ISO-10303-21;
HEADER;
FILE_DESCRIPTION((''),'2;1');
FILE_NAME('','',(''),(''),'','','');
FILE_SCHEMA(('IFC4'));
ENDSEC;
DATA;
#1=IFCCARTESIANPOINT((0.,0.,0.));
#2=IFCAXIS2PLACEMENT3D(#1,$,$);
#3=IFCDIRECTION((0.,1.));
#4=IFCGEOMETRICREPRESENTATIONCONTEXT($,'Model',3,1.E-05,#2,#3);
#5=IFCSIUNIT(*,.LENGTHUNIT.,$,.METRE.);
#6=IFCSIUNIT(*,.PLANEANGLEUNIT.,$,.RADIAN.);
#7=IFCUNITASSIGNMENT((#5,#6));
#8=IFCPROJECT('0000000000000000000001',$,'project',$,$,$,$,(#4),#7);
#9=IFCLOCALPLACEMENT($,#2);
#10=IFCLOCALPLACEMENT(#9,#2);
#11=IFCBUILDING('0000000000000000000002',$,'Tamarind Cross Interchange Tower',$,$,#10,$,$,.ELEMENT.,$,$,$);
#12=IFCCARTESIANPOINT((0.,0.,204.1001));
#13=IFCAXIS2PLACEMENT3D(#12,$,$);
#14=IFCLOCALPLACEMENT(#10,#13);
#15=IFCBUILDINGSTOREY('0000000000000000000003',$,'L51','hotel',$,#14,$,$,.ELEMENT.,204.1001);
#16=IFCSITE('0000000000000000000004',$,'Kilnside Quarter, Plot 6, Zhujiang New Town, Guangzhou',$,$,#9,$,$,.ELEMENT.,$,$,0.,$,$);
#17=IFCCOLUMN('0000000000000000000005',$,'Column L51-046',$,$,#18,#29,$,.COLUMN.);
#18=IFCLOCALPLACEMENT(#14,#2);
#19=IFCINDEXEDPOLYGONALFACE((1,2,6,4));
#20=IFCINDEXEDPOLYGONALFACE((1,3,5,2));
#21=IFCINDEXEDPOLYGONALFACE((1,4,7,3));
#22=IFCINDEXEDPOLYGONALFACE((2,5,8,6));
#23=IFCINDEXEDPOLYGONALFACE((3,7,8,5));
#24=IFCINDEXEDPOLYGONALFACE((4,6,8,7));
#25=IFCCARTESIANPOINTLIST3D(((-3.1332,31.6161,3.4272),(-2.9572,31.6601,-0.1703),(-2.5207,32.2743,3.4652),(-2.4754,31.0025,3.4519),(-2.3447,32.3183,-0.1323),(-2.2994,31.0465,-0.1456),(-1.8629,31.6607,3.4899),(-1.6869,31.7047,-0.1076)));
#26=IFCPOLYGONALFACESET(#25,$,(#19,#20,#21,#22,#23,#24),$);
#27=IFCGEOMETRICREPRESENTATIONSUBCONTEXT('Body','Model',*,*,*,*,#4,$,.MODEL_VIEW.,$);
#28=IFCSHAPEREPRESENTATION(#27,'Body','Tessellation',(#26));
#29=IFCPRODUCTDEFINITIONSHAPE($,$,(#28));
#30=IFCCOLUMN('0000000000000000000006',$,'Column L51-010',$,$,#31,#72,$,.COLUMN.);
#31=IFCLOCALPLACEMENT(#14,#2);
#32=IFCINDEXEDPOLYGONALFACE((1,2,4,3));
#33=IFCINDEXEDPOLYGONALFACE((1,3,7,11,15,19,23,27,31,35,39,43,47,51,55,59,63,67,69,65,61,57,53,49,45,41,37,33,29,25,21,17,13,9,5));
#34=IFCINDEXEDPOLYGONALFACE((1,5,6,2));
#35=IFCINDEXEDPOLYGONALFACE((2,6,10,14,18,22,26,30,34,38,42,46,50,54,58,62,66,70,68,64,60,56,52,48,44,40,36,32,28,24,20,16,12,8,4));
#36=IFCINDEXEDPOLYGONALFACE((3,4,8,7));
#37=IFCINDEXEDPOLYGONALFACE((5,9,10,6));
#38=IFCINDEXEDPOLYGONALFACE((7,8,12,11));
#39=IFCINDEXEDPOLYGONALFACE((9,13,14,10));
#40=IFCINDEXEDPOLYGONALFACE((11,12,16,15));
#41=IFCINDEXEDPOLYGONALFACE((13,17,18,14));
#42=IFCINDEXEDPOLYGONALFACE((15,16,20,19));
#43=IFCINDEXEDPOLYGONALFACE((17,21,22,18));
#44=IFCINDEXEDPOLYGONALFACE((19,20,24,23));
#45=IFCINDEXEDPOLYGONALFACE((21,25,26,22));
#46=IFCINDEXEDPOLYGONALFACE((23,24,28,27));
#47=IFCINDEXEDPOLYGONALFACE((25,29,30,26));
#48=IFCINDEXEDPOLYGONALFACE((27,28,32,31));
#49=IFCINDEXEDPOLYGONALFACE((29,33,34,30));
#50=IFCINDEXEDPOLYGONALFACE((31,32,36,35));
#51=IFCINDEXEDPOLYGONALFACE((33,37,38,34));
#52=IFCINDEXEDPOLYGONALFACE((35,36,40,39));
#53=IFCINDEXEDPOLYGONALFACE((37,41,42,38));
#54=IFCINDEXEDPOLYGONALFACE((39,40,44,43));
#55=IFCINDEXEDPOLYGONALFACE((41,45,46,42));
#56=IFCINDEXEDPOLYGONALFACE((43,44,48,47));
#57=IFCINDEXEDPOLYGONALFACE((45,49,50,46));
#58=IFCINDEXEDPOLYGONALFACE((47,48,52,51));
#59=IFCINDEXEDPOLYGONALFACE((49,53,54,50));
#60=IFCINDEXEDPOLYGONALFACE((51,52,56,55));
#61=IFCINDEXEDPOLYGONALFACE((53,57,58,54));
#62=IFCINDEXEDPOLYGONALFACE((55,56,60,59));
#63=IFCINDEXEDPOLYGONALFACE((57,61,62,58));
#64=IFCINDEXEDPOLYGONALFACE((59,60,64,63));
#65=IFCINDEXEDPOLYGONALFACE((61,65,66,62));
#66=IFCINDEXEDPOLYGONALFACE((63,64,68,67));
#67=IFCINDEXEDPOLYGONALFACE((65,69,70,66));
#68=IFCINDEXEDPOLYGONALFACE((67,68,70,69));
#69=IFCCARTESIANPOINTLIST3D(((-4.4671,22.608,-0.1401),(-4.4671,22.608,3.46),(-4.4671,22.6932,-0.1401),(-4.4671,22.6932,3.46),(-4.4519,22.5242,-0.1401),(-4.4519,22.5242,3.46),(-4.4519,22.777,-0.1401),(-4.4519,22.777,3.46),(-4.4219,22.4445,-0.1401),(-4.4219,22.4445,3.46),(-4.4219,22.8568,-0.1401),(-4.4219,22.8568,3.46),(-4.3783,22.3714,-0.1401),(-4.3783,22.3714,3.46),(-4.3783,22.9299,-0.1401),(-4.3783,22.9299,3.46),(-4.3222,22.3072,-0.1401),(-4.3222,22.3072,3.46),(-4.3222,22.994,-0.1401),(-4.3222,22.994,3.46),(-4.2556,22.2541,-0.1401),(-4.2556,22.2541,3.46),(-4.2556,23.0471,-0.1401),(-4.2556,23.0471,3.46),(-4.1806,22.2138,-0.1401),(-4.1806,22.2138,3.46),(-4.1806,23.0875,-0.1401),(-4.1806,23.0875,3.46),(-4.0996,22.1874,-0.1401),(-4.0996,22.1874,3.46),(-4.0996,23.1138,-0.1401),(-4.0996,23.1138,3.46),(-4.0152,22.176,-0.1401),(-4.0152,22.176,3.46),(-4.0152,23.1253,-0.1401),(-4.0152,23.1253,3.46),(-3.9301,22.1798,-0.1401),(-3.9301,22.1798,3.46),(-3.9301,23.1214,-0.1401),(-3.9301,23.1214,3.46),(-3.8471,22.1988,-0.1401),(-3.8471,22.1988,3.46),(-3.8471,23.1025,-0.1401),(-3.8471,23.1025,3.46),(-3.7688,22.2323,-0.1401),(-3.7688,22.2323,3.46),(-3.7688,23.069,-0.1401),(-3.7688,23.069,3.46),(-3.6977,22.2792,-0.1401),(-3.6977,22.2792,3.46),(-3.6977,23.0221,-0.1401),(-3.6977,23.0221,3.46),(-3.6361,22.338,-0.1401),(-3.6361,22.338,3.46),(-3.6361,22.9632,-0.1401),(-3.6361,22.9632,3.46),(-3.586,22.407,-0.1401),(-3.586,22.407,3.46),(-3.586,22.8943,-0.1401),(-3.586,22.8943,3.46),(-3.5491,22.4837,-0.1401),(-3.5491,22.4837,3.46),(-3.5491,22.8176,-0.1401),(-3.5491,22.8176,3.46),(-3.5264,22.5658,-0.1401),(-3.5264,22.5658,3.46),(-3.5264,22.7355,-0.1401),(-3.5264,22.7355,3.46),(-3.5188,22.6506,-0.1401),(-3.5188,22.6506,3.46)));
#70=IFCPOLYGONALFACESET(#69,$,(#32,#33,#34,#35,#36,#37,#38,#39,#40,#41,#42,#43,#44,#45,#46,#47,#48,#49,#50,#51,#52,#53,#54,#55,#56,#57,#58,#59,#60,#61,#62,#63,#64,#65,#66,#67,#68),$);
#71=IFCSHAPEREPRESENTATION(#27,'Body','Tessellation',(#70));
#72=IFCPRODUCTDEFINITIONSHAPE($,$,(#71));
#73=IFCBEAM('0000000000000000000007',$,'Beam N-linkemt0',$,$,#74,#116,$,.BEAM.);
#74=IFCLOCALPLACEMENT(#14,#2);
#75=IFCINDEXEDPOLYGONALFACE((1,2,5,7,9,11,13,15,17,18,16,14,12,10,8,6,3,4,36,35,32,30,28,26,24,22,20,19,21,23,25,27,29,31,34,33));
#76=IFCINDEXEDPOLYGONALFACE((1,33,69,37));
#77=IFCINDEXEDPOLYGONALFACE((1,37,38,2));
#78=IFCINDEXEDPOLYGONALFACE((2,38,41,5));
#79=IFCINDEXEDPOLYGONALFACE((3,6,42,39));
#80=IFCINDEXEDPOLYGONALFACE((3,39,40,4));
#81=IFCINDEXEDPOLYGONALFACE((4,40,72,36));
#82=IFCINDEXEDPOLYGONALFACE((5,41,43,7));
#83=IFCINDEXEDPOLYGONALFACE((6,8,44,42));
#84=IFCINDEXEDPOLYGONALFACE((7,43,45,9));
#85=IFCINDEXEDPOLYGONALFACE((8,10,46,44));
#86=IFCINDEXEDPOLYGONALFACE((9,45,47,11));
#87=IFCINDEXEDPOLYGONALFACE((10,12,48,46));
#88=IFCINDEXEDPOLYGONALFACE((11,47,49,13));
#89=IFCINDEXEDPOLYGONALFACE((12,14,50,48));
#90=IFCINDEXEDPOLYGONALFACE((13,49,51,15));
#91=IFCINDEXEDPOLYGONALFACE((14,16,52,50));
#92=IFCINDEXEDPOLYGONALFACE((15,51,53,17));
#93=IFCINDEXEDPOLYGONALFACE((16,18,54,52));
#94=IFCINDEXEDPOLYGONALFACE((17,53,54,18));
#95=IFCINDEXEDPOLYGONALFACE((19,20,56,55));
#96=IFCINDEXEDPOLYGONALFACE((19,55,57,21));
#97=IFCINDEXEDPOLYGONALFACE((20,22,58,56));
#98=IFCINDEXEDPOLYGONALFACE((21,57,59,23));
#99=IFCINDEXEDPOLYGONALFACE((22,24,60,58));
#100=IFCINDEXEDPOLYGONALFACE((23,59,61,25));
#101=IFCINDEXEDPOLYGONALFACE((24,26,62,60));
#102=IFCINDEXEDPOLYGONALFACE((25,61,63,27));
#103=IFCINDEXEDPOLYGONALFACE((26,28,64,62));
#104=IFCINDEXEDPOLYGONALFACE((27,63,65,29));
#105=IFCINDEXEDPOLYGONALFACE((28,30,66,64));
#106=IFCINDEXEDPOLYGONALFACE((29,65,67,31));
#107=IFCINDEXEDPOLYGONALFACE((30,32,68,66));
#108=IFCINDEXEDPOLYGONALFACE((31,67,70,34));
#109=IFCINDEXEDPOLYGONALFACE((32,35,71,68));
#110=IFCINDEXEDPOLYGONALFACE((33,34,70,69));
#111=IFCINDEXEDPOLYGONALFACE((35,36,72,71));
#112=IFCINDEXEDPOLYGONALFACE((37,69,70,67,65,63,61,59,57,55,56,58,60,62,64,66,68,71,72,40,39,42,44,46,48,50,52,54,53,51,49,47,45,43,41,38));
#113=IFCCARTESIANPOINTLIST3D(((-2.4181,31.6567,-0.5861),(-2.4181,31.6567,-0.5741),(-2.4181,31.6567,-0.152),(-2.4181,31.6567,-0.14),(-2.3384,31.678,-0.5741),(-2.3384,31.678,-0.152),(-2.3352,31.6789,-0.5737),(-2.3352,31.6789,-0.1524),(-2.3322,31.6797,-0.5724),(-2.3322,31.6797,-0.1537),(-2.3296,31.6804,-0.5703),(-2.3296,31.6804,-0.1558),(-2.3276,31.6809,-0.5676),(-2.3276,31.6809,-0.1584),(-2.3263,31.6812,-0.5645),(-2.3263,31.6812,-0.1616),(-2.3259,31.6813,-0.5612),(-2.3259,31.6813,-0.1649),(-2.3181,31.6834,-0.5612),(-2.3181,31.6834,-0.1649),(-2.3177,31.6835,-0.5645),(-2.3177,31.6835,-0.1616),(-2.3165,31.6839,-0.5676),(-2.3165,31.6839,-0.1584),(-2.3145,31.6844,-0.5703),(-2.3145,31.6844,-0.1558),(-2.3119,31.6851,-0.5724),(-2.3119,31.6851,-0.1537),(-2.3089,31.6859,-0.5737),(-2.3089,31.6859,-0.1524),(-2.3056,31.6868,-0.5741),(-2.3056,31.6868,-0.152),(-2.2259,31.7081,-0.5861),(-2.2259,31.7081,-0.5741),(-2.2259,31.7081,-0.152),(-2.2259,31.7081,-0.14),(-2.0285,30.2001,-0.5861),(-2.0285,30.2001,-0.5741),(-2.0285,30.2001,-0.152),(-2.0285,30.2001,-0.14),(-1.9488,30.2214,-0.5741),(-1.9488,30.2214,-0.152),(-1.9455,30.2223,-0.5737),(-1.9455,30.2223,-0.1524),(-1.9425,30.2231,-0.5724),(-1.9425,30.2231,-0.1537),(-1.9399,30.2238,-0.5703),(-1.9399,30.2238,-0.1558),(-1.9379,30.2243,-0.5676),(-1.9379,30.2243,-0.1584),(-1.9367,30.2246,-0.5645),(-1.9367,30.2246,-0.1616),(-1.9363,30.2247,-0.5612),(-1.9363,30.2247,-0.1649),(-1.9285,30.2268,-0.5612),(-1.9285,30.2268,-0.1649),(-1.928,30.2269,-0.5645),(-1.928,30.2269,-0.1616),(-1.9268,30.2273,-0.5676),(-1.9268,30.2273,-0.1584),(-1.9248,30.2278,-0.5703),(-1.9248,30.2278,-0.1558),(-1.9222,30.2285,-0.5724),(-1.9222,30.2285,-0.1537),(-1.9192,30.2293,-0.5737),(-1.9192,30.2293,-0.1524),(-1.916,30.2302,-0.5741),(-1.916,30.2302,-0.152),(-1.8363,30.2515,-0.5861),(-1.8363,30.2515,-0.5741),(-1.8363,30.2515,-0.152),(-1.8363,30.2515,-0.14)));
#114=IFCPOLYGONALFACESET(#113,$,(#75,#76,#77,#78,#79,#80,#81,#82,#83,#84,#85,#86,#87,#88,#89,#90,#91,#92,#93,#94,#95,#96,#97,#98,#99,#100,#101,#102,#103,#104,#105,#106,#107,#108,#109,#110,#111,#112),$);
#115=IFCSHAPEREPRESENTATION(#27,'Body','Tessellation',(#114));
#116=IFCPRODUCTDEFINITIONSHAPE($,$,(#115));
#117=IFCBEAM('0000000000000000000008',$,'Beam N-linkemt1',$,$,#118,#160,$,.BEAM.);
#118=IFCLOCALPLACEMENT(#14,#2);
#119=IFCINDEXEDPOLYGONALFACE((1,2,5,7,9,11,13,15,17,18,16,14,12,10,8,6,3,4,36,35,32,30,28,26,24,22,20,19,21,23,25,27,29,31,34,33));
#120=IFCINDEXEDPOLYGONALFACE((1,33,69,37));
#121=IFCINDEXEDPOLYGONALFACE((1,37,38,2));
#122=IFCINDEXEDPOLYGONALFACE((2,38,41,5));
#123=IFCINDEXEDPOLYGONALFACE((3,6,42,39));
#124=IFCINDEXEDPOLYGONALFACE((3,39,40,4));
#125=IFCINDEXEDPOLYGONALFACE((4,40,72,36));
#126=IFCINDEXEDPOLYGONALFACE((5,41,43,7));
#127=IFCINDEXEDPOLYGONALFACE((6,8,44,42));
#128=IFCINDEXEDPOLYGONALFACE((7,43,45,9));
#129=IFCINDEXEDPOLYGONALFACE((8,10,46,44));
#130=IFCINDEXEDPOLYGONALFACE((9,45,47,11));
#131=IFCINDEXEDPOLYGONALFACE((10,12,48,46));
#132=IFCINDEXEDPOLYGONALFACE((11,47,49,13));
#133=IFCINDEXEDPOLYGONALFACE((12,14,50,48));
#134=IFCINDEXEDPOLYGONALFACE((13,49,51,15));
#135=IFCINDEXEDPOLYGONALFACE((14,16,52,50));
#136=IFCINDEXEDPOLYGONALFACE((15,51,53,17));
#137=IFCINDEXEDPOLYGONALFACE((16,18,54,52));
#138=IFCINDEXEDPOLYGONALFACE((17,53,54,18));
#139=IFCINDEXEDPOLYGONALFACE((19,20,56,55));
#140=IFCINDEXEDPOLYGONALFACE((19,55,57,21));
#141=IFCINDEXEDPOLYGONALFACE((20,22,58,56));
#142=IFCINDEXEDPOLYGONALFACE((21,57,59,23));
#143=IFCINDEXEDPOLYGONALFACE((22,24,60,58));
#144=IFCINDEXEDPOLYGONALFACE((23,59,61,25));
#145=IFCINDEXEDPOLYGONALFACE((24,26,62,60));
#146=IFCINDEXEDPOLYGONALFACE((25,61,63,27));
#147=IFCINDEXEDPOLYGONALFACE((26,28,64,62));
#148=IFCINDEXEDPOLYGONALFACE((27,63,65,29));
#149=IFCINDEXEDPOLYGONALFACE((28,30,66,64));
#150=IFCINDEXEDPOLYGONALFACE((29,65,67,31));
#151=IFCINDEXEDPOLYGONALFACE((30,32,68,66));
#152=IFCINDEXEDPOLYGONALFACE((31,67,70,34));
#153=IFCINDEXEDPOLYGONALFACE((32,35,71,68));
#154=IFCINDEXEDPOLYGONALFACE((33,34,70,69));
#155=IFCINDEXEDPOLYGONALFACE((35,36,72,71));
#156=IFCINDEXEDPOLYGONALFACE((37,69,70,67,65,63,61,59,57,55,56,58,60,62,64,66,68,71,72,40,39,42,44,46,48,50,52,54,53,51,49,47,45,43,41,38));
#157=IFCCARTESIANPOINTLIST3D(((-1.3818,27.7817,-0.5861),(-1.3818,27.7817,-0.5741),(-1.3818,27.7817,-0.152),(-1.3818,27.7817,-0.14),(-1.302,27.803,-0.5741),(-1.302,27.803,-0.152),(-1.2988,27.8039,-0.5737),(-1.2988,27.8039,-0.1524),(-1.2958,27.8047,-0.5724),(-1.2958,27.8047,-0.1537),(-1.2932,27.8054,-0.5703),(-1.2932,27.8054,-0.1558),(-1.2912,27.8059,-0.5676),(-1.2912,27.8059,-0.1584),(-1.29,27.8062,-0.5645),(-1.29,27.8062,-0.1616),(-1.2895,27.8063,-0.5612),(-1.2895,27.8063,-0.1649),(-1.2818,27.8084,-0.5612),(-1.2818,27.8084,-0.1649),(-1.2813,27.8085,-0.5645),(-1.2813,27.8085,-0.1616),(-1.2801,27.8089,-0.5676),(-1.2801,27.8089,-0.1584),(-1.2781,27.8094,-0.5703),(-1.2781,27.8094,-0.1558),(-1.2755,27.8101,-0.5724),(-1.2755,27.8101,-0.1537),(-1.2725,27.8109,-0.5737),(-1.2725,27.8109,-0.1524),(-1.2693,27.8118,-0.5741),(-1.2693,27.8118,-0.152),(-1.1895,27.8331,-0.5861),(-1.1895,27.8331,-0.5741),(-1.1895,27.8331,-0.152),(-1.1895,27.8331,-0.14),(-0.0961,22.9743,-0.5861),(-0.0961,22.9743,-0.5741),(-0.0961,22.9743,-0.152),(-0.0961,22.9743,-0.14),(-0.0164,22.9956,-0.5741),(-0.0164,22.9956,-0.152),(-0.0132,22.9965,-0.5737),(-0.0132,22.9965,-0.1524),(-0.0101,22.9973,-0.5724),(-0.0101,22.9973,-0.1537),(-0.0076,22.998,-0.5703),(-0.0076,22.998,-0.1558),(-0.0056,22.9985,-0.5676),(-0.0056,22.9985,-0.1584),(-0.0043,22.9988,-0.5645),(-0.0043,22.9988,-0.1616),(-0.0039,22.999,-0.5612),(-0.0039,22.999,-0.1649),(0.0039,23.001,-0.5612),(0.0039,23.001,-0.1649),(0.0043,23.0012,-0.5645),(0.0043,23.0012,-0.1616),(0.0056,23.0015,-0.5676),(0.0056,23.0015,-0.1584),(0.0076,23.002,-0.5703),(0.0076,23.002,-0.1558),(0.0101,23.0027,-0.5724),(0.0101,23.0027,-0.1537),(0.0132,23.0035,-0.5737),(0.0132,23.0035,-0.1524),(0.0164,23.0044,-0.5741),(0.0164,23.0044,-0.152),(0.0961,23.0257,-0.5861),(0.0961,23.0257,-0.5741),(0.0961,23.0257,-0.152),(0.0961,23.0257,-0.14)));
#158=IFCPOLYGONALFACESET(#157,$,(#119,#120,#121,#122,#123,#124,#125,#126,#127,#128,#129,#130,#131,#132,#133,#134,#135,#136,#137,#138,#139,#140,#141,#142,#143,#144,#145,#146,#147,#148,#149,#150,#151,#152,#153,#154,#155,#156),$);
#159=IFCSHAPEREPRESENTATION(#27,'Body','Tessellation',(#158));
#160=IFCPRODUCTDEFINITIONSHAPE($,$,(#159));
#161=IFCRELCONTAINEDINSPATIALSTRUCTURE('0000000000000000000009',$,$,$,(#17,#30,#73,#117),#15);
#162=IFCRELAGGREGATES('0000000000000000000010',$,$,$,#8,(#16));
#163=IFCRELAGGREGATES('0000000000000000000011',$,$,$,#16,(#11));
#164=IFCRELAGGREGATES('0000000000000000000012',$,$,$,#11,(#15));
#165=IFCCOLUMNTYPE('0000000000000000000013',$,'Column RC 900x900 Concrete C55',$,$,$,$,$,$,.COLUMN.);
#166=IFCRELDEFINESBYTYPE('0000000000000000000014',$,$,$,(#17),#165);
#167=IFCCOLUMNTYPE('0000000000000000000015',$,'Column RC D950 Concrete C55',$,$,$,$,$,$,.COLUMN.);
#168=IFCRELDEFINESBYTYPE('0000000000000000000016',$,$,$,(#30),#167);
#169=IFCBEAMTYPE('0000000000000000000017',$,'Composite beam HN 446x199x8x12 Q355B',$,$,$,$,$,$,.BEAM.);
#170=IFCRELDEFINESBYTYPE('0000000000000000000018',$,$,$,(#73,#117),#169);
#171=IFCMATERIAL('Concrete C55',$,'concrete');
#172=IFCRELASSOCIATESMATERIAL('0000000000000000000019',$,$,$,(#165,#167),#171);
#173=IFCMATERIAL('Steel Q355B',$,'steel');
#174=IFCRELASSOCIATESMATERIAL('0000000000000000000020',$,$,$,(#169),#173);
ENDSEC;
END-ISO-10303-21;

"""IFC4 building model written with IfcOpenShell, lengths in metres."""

from ifc_helpers import new_model, si_unit, direction, frame, origin, origin_2d, place, context, subcontext, project, spatial, rectangle, circle, i_section, extrude, material, material_profile, profile_set, type_object, element, save


model = new_model("IFC4")

# Units and contexts
model_context = context("Model", 3, precision=1e-05, world=origin(), true_north=direction((0.0, 1.0)))
body_context = subcontext(model_context, "Body", "Model", "MODEL_VIEW")
ifc_project = project(units=[si_unit("LENGTHUNIT", "METRE"), si_unit("PLANEANGLEUNIT", "RADIAN")], contexts=[model_context])

# Site, building, storey
site_placement = place(None, origin())
site = spatial("IfcSite", under=ifc_project, at=site_placement, Name="Kilnside Quarter, Plot 6, Zhujiang New Town, Guangzhou", CompositionType="ELEMENT", RefElevation=0.0)
building_placement = place(site_placement, origin())
building = spatial("IfcBuilding", under=site, at=building_placement, Name="Tamarind Cross Interchange Tower", CompositionType="ELEMENT")
storey_placement = place(building_placement, frame((0.0, 0.0, 204.1001)))
storey = spatial("IfcBuildingStorey", under=building, at=storey_placement, Name="L51", Description="hotel", CompositionType="ELEMENT", Elevation=204.1001)

# Columns
ifc_material_1 = material(Name="Concrete C55", Category="concrete")
ifc_material_profile_1 = material_profile(ifc_material_1, rectangle(XDim=0.8999, YDim=0.8999, at=origin_2d()), Name="RC 900x900")
ifc_profile_set_1 = profile_set([ifc_material_profile_1], Name="Concrete C55")
column_type_1 = type_object("IfcColumnType", Name="Column RC 900x900 Concrete C55", PredefinedType="COLUMN", material=ifc_profile_set_1)
column_1_placement = place(storey_placement, frame((-2.322, 31.6824, -0.1389), z_axis=(-0.048869, -0.0122, 0.998731), x_axis=(0.730988, -0.681839, 0.027439)))
element("IfcColumn", 1, at=column_1_placement, inside=storey, type_object=column_type_1, Name="Column L51-046", PredefinedType="COLUMN", context=body_context, shape_type="SweptSolid", body=[
    extrude(rectangle(XDim=0.8999, YDim=0.8999, at=origin_2d()), origin(), (0.0, 0.0, 1.0), 3.6021),
])
ifc_material_profile_2 = material_profile(ifc_material_1, circle(Radius=0.4751, at=origin_2d()), Name="RC D950")
ifc_profile_set_2 = profile_set([ifc_material_profile_2], Name="Concrete C55")
column_type_2 = type_object("IfcColumnType", Name="Column RC D950 Concrete C55", PredefinedType="COLUMN", material=ifc_profile_set_2)
column_2_placement = place(storey_placement, frame((-3.9939, 22.6506, -0.1401), z_axis=(0.0, 0.0, 1.0), x_axis=(1.0, 0.0, 0.0)))
element("IfcColumn", 2, at=column_2_placement, inside=storey, type_object=column_type_2, Name="Column L51-010", PredefinedType="COLUMN", context=body_context, shape_type="SweptSolid", body=[
    extrude(circle(Radius=0.4751, at=origin_2d()), origin(), (0.0, 0.0, 1.0), 3.6001),
])

# Beams
ifc_material_2 = material(Name="Steel Q355B", Category="steel")
ifc_material_profile_3 = material_profile(ifc_material_2, i_section(OverallWidth=0.199, OverallDepth=0.446, WebThickness=0.0081, FlangeThickness=0.012, FilletRadius=0.0129, at=origin_2d()), Name="HN 446x199x8x12")
ifc_profile_set_3 = profile_set([ifc_material_profile_3], Name="Steel Q355B")
beam_type_1 = type_object("IfcBeamType", Name="Composite beam HN 446x199x8x12 Q355B", PredefinedType="BEAM", material=ifc_profile_set_3)
beam_1_placement = place(storey_placement, frame((-2.322, 31.6824, -0.363), z_axis=(0.258429, -0.96603, 0.0), x_axis=(0.96603, 0.258429, 0.0)))
element("IfcBeam", 3, at=beam_1_placement, inside=storey, type_object=beam_type_1, Name="Beam N-linkemt0", PredefinedType="BEAM", context=body_context, shape_type="SweptSolid", body=[
    extrude(i_section(OverallWidth=0.199, OverallDepth=0.446, WebThickness=0.0081, FlangeThickness=0.012, FilletRadius=0.0129, at=origin_2d()), origin(), (0.0, 0.0, 1.0), 1.5078),
])
beam_2_placement = place(storey_placement, frame((-1.2856, 27.8074, -0.363), z_axis=(0.258353, -0.966051, 0.0), x_axis=(0.966051, 0.258353, 0.0)))
element("IfcBeam", 4, at=beam_2_placement, inside=storey, type_object=beam_type_1, Name="Beam N-linkemt1", PredefinedType="BEAM", context=body_context, shape_type="SweptSolid", body=[
    extrude(i_section(OverallWidth=0.199, OverallDepth=0.446, WebThickness=0.0081, FlangeThickness=0.012, FilletRadius=0.0129, at=origin_2d()), origin(), (0.0, 0.0, 1.0), 4.9763),
])

save(model, "model.ifc")
